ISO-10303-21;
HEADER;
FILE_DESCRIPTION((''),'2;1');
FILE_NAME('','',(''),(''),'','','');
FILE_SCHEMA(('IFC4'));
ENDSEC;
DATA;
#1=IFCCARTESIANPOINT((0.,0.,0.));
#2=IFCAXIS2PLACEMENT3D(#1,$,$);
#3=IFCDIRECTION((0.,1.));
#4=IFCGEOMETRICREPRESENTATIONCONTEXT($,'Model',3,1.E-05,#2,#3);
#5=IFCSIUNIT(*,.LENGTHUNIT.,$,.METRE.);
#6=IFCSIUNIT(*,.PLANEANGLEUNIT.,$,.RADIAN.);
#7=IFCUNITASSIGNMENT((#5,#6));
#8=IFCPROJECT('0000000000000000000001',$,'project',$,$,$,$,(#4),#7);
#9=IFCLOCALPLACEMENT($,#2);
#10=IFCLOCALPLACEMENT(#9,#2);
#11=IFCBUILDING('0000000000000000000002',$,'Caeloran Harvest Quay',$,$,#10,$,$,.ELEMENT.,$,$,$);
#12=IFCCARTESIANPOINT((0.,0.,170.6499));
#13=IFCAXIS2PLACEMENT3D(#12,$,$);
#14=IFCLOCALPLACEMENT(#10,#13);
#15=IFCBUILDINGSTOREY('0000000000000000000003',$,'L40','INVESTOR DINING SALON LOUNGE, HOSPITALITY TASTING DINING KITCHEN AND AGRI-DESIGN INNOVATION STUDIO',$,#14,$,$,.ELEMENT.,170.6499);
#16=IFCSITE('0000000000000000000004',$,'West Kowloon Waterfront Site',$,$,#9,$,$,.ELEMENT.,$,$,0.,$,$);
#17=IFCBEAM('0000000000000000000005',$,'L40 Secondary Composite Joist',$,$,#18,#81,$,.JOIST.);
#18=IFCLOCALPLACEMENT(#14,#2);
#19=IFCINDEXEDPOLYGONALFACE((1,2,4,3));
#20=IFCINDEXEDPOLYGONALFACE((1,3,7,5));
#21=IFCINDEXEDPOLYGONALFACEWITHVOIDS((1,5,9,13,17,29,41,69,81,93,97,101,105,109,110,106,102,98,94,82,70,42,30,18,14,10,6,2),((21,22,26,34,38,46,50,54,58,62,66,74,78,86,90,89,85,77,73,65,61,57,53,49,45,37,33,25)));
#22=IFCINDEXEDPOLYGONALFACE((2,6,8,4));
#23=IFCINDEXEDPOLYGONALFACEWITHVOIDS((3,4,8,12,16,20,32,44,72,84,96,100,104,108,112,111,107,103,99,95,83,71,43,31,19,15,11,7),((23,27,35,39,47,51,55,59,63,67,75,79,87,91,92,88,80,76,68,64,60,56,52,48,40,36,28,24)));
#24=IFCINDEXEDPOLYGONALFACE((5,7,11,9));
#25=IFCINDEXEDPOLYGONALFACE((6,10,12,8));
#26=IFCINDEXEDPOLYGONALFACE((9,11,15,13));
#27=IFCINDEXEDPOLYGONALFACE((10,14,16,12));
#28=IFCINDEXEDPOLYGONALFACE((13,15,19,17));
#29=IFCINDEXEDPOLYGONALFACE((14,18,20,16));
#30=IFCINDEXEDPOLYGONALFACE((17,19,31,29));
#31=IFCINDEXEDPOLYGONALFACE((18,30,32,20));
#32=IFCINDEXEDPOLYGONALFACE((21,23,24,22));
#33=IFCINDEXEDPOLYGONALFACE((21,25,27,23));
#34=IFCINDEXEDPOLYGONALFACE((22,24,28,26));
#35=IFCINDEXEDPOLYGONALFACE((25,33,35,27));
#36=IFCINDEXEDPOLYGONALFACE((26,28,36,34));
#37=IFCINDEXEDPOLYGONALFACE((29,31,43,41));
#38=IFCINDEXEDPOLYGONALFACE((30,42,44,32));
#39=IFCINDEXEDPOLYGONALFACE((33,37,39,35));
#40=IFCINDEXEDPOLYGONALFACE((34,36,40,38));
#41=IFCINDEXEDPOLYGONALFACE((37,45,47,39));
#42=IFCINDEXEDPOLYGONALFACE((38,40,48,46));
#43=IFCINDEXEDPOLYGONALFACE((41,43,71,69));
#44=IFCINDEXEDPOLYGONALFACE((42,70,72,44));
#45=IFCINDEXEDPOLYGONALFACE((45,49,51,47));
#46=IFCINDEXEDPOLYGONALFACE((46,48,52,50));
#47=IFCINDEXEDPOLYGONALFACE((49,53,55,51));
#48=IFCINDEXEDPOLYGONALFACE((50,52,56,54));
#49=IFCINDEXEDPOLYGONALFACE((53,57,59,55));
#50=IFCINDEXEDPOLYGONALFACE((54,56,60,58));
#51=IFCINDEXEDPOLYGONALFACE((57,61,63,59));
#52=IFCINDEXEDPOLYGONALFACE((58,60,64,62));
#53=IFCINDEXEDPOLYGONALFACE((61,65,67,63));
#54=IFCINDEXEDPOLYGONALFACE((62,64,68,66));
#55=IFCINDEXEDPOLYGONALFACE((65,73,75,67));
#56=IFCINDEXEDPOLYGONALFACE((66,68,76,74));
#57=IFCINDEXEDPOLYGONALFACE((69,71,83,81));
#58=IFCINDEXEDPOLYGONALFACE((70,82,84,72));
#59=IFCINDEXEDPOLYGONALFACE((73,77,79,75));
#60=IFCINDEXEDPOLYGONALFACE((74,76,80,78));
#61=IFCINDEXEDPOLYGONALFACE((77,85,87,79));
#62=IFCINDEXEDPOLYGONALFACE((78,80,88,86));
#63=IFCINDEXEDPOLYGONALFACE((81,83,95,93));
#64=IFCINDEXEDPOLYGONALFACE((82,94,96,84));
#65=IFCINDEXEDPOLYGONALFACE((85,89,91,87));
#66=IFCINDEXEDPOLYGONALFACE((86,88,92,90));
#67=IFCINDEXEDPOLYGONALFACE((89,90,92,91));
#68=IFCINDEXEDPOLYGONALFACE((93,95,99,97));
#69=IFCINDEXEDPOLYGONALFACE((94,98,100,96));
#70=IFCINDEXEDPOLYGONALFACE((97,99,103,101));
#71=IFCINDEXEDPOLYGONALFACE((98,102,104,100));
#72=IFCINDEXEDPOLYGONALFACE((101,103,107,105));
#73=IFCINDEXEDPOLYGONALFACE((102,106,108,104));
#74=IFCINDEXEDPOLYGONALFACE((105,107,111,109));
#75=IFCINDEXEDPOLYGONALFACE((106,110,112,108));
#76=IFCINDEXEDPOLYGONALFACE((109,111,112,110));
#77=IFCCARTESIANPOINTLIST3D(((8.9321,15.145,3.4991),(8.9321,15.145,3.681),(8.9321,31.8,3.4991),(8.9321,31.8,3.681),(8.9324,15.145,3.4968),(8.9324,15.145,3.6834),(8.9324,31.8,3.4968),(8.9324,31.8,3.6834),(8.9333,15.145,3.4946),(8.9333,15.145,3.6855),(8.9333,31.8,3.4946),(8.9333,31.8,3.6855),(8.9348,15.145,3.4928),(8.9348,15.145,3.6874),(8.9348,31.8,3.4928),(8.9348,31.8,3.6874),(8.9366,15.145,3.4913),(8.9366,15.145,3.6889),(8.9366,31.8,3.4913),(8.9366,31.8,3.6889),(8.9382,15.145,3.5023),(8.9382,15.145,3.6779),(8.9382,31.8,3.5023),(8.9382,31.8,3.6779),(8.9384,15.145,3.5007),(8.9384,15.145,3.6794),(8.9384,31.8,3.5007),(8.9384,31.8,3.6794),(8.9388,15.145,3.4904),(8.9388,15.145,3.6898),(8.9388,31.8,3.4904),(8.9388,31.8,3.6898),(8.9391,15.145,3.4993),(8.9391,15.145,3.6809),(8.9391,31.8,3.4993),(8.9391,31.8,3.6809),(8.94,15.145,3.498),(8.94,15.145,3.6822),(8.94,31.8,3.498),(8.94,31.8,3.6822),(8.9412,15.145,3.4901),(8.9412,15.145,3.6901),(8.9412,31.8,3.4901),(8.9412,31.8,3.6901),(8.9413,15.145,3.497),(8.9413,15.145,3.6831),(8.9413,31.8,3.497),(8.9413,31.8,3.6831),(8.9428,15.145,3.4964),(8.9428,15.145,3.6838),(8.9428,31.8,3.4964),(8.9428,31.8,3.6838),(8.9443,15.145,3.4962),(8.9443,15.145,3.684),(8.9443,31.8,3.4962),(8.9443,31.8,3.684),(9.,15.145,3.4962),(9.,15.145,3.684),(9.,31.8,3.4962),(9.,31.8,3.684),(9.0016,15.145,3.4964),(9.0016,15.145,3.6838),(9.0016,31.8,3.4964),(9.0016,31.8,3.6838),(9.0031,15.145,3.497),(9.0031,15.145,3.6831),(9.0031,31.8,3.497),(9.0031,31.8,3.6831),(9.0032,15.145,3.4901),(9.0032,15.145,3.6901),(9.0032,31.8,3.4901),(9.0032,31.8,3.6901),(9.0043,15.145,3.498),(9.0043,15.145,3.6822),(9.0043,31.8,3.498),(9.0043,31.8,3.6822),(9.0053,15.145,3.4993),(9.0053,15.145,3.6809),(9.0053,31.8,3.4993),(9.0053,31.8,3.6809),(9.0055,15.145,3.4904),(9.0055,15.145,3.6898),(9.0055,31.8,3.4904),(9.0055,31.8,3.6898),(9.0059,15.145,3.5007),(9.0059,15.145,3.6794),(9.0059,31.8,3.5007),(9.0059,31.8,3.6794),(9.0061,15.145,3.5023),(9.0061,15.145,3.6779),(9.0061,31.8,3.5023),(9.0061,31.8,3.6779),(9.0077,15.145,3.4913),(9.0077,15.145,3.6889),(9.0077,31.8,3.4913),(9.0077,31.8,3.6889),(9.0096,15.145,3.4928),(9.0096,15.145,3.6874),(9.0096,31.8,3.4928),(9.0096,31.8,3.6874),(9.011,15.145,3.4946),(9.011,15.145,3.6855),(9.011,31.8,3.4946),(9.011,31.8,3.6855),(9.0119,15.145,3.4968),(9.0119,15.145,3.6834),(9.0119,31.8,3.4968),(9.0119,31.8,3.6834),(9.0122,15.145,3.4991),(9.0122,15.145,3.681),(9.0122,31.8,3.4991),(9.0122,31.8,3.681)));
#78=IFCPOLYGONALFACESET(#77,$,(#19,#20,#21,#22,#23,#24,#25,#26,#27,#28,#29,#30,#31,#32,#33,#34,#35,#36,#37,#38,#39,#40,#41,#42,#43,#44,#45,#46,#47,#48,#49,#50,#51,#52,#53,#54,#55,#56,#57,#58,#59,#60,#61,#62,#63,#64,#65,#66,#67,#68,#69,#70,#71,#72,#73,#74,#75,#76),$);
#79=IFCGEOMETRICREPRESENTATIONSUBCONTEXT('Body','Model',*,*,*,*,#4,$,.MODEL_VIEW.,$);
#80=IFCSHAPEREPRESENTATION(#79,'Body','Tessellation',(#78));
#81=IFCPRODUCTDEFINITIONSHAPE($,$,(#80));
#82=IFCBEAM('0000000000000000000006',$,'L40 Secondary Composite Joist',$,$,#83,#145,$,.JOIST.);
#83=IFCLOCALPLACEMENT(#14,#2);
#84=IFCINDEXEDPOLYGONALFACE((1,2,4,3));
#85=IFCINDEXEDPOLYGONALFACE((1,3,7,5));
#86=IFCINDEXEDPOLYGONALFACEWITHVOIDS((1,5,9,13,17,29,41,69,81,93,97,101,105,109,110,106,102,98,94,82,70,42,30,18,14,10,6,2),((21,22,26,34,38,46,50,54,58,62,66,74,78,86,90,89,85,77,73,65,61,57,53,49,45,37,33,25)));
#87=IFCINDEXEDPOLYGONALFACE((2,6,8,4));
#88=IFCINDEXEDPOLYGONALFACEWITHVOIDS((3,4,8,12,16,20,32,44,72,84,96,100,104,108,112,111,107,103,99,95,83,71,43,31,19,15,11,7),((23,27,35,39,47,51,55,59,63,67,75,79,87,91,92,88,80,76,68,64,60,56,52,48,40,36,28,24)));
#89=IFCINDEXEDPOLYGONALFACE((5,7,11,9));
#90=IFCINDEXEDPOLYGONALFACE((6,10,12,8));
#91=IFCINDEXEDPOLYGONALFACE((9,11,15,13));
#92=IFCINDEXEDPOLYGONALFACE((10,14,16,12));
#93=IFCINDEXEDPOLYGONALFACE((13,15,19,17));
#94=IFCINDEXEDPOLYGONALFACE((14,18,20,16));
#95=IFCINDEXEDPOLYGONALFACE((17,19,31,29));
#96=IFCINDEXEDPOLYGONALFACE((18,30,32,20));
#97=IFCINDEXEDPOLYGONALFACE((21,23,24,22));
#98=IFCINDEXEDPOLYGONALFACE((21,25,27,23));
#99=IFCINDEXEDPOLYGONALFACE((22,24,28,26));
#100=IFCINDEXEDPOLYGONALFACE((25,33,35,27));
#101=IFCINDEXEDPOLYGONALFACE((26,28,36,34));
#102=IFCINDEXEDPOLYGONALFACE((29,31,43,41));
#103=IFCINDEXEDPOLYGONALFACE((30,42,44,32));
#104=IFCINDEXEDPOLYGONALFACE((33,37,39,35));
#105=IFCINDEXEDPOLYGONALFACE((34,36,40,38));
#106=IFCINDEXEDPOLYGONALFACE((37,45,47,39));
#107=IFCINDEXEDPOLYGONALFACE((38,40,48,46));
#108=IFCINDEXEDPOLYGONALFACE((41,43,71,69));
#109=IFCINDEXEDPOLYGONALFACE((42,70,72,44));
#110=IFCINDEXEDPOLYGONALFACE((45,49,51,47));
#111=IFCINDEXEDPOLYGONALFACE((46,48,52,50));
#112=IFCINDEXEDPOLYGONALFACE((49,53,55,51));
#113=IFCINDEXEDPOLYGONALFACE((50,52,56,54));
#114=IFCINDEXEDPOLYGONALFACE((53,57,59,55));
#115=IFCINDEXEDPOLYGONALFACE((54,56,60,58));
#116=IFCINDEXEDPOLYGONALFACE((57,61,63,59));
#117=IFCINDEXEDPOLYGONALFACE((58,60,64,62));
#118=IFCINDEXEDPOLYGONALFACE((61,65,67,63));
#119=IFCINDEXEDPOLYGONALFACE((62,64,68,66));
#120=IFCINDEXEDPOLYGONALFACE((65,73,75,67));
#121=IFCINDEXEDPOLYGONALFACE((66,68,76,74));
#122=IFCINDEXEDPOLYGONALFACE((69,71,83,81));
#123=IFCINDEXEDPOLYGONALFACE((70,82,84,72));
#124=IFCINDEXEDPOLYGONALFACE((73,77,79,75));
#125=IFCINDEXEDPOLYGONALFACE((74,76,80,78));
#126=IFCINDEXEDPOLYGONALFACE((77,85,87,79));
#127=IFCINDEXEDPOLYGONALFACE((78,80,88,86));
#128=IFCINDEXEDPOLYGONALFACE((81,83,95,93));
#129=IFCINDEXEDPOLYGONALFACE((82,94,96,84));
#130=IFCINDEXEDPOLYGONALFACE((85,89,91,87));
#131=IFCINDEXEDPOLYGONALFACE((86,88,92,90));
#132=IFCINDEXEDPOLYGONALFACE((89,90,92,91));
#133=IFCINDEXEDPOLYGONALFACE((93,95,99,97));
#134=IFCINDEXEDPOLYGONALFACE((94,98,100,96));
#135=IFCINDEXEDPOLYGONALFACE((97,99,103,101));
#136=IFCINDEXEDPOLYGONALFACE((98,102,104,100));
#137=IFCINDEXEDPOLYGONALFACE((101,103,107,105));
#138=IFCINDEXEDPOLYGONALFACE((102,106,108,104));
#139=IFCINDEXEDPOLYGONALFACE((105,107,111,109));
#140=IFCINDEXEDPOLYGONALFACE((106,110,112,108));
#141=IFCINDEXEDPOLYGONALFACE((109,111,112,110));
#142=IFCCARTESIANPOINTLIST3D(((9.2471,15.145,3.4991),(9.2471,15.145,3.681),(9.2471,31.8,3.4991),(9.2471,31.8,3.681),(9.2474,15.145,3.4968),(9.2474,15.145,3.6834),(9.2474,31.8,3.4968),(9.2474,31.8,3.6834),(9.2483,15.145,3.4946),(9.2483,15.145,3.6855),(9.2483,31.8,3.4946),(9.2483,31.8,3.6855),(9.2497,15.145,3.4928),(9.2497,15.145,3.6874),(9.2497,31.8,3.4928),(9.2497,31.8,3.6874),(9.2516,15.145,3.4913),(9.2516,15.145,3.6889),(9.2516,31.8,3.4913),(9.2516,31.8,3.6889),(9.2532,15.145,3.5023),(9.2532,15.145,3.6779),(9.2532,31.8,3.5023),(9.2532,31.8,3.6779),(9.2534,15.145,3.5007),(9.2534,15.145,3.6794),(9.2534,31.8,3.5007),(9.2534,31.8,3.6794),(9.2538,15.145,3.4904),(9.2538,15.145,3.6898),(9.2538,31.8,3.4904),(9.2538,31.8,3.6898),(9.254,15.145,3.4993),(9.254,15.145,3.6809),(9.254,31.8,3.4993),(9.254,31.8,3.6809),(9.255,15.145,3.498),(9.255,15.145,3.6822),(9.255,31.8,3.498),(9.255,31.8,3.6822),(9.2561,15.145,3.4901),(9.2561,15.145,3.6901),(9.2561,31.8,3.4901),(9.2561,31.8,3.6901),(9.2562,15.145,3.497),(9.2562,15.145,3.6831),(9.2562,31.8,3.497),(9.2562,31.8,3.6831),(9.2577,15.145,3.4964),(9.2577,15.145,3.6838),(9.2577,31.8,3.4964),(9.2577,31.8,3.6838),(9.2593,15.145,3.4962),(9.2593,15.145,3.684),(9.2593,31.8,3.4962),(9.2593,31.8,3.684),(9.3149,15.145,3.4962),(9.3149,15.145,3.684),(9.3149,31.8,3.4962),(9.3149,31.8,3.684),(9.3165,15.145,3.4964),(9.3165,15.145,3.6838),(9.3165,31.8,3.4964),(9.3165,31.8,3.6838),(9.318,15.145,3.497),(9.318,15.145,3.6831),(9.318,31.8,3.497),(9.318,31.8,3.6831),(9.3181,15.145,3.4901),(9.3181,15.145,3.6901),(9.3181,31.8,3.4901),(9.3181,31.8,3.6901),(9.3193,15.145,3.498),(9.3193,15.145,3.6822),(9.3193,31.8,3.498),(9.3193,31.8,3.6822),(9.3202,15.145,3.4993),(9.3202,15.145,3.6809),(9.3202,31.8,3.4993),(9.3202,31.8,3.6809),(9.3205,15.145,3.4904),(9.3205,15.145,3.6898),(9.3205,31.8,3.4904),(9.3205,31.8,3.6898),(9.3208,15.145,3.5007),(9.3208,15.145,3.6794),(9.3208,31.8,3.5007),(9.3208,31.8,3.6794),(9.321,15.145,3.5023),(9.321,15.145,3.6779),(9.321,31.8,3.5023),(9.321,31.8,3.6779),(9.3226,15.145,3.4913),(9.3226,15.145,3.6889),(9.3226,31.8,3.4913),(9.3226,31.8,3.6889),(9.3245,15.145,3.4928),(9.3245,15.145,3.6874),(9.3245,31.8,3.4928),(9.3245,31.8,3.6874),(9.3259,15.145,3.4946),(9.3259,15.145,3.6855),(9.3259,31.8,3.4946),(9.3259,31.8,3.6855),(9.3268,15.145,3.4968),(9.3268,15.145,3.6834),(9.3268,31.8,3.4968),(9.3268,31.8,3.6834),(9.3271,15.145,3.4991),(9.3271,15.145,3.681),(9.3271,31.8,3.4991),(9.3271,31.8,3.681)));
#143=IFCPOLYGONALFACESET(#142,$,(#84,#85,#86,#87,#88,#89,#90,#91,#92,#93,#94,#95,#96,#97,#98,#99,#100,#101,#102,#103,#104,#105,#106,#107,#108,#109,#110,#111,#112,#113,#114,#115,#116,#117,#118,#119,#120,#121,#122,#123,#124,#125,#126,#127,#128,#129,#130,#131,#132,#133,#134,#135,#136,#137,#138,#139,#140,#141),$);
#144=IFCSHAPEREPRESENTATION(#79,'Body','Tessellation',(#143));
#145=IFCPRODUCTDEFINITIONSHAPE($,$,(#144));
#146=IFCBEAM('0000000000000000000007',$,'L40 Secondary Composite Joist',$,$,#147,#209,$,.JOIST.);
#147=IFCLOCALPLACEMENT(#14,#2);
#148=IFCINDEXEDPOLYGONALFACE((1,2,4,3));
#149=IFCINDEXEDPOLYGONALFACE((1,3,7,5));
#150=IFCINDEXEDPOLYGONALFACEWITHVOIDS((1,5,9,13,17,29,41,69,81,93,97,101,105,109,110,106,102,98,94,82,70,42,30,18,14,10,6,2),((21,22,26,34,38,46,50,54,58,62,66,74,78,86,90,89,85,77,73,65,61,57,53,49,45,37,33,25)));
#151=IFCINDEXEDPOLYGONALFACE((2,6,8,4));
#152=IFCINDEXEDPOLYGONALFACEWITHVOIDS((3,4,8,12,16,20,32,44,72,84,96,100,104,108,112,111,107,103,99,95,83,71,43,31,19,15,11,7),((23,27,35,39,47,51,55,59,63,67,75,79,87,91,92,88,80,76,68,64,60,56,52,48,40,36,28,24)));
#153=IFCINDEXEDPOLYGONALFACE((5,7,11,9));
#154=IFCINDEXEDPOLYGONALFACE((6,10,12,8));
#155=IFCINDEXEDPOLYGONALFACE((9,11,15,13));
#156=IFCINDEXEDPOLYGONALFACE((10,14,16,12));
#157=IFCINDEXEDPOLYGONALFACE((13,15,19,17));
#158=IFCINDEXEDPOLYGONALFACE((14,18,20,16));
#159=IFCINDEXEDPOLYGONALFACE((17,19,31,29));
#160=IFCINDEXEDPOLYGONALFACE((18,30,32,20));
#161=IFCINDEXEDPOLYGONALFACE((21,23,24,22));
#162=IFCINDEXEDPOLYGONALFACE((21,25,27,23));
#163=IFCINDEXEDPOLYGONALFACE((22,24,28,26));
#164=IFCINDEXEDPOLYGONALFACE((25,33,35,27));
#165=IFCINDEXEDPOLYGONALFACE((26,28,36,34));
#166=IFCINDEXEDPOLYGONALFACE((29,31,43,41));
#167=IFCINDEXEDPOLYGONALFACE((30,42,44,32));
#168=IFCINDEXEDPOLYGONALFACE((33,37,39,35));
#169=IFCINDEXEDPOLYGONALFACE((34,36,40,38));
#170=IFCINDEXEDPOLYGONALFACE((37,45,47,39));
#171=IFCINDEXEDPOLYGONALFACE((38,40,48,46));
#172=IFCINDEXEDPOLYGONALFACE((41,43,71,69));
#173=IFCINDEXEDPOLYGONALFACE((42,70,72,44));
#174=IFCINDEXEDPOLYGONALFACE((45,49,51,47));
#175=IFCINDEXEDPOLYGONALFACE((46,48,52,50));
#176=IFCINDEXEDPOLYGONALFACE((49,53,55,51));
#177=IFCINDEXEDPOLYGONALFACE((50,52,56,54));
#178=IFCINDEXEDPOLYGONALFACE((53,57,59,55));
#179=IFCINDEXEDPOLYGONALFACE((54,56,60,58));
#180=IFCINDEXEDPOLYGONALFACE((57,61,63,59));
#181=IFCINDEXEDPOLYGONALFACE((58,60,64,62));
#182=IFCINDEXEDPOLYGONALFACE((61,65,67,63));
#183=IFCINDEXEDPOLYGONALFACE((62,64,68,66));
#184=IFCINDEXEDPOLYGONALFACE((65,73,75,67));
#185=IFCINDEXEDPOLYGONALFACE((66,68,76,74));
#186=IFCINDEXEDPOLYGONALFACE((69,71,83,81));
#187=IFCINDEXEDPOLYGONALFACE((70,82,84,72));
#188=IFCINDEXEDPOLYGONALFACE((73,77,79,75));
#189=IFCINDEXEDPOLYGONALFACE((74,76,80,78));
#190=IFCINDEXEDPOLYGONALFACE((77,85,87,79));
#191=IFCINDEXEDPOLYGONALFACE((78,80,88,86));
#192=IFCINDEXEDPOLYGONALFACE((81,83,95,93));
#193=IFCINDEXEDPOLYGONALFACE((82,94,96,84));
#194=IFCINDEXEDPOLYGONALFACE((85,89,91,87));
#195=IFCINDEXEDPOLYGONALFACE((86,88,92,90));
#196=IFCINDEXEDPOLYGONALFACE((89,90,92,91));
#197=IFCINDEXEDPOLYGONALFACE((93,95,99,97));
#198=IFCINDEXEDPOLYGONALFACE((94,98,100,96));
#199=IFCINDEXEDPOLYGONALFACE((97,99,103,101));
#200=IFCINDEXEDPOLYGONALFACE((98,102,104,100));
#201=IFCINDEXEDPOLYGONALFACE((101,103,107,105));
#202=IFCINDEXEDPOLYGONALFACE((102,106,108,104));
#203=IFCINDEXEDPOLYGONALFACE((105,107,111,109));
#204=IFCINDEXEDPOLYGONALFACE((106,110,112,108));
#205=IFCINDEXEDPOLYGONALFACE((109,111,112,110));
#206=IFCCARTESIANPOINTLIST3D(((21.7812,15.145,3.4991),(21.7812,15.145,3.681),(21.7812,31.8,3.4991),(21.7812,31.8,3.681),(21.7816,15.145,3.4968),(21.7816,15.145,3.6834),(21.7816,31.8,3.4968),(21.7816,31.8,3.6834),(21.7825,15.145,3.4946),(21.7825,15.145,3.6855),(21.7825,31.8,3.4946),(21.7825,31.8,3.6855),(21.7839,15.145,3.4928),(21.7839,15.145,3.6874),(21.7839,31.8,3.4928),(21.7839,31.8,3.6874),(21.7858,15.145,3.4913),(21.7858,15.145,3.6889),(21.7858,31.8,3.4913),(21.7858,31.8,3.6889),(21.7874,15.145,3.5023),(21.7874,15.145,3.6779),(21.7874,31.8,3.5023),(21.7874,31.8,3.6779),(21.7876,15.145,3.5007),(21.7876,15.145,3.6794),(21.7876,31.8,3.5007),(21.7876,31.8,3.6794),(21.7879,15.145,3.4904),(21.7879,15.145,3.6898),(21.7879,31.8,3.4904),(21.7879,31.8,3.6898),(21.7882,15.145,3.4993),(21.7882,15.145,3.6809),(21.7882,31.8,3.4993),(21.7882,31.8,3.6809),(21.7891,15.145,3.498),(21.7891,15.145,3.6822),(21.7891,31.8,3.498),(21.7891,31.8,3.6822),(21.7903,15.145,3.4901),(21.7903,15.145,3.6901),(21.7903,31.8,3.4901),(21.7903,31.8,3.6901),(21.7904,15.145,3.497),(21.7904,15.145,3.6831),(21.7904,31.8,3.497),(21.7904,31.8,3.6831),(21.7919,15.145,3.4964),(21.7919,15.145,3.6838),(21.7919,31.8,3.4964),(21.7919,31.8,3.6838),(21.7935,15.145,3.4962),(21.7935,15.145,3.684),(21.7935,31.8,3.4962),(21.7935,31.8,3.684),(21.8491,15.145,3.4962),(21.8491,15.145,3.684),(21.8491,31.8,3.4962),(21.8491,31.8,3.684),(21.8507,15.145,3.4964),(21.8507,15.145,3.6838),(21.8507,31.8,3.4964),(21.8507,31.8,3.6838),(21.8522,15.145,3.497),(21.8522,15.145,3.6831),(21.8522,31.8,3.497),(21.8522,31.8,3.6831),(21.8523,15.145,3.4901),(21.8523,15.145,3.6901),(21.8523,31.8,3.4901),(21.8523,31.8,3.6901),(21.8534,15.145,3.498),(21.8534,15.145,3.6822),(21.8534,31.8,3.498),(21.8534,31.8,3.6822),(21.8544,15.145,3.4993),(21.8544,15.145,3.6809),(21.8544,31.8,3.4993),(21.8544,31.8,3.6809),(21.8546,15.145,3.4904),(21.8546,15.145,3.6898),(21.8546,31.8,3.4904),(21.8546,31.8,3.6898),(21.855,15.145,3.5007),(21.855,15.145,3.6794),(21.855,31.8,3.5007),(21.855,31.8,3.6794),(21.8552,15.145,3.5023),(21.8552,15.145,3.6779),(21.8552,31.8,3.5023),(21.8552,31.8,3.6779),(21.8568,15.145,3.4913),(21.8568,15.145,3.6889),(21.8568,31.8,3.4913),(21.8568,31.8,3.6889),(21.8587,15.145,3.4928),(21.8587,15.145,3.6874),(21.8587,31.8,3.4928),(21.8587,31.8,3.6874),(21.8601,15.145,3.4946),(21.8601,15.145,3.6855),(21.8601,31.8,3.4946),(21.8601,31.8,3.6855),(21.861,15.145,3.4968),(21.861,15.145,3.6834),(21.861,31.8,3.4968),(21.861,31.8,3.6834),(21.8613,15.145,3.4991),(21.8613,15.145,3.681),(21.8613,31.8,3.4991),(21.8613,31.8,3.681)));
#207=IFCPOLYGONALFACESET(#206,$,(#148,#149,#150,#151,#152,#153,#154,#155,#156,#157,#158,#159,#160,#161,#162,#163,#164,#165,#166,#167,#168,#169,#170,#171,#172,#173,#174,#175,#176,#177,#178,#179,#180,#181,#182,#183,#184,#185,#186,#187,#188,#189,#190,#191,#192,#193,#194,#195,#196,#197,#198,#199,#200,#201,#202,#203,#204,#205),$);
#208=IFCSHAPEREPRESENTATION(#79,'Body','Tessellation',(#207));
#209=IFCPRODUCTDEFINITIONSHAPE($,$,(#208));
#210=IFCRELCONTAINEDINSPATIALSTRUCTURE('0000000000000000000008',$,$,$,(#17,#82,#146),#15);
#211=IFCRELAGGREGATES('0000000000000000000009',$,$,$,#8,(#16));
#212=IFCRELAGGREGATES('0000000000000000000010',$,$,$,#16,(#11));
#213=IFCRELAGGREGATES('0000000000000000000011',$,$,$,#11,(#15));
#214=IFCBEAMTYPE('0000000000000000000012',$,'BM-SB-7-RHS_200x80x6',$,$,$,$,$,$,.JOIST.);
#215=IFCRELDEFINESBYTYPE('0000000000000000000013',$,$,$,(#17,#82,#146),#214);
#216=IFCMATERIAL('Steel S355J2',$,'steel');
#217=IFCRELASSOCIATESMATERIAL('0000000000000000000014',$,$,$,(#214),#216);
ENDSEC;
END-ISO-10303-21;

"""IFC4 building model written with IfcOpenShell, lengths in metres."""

from ifc_helpers import new_model, si_unit, direction, frame, origin, origin_2d, place, context, subcontext, project, spatial, hollow_rectangle, extrude, material, material_profile, profile_set, type_object, element, save


model = new_model("IFC4")

# Units and contexts
model_context = context("Model", 3, precision=1e-05, world=origin(), true_north=direction((0.0, 1.0)))
body_context = subcontext(model_context, "Body", "Model", "MODEL_VIEW")
ifc_project = project(units=[si_unit("LENGTHUNIT", "METRE"), si_unit("PLANEANGLEUNIT", "RADIAN")], contexts=[model_context])

# Site, building, storey
site_placement = place(None, origin())
site = spatial("IfcSite", under=ifc_project, at=site_placement, Name="West Kowloon Waterfront Site", CompositionType="ELEMENT", RefElevation=0.0)
building_placement = place(site_placement, origin())
building = spatial("IfcBuilding", under=site, at=building_placement, Name="Caeloran Harvest Quay", CompositionType="ELEMENT")
storey_placement = place(building_placement, frame((0.0, 0.0, 170.6499)))
storey = spatial("IfcBuildingStorey", under=building, at=storey_placement, Name="L40", Description="INVESTOR DINING SALON LOUNGE, HOSPITALITY TASTING DINING KITCHEN AND AGRI-DESIGN INNOVATION STUDIO", CompositionType="ELEMENT", Elevation=170.6499)

# Beams
ifc_material_1 = material(Name="Steel S355J2", Category="steel")
ifc_material_profile_1 = material_profile(ifc_material_1, hollow_rectangle(XDim=0.0801, YDim=0.2, WallThickness=0.0061, InnerFilletRadius=0.0061, OuterFilletRadius=0.009, at=origin_2d()), Name="RHS 200x80x6")
ifc_profile_set_1 = profile_set([ifc_material_profile_1], Name="Steel S355J2")
beam_type_1 = type_object("IfcBeamType", Name="BM-SB-7-RHS_200x80x6", PredefinedType="JOIST", material=ifc_profile_set_1)
for number, where, z_axis, x_axis, name in (
    (1, (8.9722, 15.145, 3.5901), (0.0, 1.0, 0.0), (-1.0, 0.0, 0.0), "L40 Secondary Composite Joist"),
    (2, (9.2871, 15.145, 3.5901), (0.0, 1.0, 0.0), (-1.0, 0.0, 0.0), "L40 Secondary Composite Joist"),
    (3, (21.8213, 15.145, 3.5901), (0.0, 1.0, 0.0), (-1.0, 0.0, 0.0), "L40 Secondary Composite Joist"),
):
    element("IfcBeam", number, at=place(storey_placement, frame(where, z_axis=z_axis, x_axis=x_axis)), inside=storey, type_object=beam_type_1, Name=name, PredefinedType="JOIST", context=body_context, shape_type="SweptSolid", body=[
        extrude(hollow_rectangle(XDim=0.0801, YDim=0.2, WallThickness=0.0061, InnerFilletRadius=0.0061, OuterFilletRadius=0.009, at=origin_2d()), origin(), (0.0, 0.0, 1.0), 16.655),
    ])

save(model, "model.ifc")
